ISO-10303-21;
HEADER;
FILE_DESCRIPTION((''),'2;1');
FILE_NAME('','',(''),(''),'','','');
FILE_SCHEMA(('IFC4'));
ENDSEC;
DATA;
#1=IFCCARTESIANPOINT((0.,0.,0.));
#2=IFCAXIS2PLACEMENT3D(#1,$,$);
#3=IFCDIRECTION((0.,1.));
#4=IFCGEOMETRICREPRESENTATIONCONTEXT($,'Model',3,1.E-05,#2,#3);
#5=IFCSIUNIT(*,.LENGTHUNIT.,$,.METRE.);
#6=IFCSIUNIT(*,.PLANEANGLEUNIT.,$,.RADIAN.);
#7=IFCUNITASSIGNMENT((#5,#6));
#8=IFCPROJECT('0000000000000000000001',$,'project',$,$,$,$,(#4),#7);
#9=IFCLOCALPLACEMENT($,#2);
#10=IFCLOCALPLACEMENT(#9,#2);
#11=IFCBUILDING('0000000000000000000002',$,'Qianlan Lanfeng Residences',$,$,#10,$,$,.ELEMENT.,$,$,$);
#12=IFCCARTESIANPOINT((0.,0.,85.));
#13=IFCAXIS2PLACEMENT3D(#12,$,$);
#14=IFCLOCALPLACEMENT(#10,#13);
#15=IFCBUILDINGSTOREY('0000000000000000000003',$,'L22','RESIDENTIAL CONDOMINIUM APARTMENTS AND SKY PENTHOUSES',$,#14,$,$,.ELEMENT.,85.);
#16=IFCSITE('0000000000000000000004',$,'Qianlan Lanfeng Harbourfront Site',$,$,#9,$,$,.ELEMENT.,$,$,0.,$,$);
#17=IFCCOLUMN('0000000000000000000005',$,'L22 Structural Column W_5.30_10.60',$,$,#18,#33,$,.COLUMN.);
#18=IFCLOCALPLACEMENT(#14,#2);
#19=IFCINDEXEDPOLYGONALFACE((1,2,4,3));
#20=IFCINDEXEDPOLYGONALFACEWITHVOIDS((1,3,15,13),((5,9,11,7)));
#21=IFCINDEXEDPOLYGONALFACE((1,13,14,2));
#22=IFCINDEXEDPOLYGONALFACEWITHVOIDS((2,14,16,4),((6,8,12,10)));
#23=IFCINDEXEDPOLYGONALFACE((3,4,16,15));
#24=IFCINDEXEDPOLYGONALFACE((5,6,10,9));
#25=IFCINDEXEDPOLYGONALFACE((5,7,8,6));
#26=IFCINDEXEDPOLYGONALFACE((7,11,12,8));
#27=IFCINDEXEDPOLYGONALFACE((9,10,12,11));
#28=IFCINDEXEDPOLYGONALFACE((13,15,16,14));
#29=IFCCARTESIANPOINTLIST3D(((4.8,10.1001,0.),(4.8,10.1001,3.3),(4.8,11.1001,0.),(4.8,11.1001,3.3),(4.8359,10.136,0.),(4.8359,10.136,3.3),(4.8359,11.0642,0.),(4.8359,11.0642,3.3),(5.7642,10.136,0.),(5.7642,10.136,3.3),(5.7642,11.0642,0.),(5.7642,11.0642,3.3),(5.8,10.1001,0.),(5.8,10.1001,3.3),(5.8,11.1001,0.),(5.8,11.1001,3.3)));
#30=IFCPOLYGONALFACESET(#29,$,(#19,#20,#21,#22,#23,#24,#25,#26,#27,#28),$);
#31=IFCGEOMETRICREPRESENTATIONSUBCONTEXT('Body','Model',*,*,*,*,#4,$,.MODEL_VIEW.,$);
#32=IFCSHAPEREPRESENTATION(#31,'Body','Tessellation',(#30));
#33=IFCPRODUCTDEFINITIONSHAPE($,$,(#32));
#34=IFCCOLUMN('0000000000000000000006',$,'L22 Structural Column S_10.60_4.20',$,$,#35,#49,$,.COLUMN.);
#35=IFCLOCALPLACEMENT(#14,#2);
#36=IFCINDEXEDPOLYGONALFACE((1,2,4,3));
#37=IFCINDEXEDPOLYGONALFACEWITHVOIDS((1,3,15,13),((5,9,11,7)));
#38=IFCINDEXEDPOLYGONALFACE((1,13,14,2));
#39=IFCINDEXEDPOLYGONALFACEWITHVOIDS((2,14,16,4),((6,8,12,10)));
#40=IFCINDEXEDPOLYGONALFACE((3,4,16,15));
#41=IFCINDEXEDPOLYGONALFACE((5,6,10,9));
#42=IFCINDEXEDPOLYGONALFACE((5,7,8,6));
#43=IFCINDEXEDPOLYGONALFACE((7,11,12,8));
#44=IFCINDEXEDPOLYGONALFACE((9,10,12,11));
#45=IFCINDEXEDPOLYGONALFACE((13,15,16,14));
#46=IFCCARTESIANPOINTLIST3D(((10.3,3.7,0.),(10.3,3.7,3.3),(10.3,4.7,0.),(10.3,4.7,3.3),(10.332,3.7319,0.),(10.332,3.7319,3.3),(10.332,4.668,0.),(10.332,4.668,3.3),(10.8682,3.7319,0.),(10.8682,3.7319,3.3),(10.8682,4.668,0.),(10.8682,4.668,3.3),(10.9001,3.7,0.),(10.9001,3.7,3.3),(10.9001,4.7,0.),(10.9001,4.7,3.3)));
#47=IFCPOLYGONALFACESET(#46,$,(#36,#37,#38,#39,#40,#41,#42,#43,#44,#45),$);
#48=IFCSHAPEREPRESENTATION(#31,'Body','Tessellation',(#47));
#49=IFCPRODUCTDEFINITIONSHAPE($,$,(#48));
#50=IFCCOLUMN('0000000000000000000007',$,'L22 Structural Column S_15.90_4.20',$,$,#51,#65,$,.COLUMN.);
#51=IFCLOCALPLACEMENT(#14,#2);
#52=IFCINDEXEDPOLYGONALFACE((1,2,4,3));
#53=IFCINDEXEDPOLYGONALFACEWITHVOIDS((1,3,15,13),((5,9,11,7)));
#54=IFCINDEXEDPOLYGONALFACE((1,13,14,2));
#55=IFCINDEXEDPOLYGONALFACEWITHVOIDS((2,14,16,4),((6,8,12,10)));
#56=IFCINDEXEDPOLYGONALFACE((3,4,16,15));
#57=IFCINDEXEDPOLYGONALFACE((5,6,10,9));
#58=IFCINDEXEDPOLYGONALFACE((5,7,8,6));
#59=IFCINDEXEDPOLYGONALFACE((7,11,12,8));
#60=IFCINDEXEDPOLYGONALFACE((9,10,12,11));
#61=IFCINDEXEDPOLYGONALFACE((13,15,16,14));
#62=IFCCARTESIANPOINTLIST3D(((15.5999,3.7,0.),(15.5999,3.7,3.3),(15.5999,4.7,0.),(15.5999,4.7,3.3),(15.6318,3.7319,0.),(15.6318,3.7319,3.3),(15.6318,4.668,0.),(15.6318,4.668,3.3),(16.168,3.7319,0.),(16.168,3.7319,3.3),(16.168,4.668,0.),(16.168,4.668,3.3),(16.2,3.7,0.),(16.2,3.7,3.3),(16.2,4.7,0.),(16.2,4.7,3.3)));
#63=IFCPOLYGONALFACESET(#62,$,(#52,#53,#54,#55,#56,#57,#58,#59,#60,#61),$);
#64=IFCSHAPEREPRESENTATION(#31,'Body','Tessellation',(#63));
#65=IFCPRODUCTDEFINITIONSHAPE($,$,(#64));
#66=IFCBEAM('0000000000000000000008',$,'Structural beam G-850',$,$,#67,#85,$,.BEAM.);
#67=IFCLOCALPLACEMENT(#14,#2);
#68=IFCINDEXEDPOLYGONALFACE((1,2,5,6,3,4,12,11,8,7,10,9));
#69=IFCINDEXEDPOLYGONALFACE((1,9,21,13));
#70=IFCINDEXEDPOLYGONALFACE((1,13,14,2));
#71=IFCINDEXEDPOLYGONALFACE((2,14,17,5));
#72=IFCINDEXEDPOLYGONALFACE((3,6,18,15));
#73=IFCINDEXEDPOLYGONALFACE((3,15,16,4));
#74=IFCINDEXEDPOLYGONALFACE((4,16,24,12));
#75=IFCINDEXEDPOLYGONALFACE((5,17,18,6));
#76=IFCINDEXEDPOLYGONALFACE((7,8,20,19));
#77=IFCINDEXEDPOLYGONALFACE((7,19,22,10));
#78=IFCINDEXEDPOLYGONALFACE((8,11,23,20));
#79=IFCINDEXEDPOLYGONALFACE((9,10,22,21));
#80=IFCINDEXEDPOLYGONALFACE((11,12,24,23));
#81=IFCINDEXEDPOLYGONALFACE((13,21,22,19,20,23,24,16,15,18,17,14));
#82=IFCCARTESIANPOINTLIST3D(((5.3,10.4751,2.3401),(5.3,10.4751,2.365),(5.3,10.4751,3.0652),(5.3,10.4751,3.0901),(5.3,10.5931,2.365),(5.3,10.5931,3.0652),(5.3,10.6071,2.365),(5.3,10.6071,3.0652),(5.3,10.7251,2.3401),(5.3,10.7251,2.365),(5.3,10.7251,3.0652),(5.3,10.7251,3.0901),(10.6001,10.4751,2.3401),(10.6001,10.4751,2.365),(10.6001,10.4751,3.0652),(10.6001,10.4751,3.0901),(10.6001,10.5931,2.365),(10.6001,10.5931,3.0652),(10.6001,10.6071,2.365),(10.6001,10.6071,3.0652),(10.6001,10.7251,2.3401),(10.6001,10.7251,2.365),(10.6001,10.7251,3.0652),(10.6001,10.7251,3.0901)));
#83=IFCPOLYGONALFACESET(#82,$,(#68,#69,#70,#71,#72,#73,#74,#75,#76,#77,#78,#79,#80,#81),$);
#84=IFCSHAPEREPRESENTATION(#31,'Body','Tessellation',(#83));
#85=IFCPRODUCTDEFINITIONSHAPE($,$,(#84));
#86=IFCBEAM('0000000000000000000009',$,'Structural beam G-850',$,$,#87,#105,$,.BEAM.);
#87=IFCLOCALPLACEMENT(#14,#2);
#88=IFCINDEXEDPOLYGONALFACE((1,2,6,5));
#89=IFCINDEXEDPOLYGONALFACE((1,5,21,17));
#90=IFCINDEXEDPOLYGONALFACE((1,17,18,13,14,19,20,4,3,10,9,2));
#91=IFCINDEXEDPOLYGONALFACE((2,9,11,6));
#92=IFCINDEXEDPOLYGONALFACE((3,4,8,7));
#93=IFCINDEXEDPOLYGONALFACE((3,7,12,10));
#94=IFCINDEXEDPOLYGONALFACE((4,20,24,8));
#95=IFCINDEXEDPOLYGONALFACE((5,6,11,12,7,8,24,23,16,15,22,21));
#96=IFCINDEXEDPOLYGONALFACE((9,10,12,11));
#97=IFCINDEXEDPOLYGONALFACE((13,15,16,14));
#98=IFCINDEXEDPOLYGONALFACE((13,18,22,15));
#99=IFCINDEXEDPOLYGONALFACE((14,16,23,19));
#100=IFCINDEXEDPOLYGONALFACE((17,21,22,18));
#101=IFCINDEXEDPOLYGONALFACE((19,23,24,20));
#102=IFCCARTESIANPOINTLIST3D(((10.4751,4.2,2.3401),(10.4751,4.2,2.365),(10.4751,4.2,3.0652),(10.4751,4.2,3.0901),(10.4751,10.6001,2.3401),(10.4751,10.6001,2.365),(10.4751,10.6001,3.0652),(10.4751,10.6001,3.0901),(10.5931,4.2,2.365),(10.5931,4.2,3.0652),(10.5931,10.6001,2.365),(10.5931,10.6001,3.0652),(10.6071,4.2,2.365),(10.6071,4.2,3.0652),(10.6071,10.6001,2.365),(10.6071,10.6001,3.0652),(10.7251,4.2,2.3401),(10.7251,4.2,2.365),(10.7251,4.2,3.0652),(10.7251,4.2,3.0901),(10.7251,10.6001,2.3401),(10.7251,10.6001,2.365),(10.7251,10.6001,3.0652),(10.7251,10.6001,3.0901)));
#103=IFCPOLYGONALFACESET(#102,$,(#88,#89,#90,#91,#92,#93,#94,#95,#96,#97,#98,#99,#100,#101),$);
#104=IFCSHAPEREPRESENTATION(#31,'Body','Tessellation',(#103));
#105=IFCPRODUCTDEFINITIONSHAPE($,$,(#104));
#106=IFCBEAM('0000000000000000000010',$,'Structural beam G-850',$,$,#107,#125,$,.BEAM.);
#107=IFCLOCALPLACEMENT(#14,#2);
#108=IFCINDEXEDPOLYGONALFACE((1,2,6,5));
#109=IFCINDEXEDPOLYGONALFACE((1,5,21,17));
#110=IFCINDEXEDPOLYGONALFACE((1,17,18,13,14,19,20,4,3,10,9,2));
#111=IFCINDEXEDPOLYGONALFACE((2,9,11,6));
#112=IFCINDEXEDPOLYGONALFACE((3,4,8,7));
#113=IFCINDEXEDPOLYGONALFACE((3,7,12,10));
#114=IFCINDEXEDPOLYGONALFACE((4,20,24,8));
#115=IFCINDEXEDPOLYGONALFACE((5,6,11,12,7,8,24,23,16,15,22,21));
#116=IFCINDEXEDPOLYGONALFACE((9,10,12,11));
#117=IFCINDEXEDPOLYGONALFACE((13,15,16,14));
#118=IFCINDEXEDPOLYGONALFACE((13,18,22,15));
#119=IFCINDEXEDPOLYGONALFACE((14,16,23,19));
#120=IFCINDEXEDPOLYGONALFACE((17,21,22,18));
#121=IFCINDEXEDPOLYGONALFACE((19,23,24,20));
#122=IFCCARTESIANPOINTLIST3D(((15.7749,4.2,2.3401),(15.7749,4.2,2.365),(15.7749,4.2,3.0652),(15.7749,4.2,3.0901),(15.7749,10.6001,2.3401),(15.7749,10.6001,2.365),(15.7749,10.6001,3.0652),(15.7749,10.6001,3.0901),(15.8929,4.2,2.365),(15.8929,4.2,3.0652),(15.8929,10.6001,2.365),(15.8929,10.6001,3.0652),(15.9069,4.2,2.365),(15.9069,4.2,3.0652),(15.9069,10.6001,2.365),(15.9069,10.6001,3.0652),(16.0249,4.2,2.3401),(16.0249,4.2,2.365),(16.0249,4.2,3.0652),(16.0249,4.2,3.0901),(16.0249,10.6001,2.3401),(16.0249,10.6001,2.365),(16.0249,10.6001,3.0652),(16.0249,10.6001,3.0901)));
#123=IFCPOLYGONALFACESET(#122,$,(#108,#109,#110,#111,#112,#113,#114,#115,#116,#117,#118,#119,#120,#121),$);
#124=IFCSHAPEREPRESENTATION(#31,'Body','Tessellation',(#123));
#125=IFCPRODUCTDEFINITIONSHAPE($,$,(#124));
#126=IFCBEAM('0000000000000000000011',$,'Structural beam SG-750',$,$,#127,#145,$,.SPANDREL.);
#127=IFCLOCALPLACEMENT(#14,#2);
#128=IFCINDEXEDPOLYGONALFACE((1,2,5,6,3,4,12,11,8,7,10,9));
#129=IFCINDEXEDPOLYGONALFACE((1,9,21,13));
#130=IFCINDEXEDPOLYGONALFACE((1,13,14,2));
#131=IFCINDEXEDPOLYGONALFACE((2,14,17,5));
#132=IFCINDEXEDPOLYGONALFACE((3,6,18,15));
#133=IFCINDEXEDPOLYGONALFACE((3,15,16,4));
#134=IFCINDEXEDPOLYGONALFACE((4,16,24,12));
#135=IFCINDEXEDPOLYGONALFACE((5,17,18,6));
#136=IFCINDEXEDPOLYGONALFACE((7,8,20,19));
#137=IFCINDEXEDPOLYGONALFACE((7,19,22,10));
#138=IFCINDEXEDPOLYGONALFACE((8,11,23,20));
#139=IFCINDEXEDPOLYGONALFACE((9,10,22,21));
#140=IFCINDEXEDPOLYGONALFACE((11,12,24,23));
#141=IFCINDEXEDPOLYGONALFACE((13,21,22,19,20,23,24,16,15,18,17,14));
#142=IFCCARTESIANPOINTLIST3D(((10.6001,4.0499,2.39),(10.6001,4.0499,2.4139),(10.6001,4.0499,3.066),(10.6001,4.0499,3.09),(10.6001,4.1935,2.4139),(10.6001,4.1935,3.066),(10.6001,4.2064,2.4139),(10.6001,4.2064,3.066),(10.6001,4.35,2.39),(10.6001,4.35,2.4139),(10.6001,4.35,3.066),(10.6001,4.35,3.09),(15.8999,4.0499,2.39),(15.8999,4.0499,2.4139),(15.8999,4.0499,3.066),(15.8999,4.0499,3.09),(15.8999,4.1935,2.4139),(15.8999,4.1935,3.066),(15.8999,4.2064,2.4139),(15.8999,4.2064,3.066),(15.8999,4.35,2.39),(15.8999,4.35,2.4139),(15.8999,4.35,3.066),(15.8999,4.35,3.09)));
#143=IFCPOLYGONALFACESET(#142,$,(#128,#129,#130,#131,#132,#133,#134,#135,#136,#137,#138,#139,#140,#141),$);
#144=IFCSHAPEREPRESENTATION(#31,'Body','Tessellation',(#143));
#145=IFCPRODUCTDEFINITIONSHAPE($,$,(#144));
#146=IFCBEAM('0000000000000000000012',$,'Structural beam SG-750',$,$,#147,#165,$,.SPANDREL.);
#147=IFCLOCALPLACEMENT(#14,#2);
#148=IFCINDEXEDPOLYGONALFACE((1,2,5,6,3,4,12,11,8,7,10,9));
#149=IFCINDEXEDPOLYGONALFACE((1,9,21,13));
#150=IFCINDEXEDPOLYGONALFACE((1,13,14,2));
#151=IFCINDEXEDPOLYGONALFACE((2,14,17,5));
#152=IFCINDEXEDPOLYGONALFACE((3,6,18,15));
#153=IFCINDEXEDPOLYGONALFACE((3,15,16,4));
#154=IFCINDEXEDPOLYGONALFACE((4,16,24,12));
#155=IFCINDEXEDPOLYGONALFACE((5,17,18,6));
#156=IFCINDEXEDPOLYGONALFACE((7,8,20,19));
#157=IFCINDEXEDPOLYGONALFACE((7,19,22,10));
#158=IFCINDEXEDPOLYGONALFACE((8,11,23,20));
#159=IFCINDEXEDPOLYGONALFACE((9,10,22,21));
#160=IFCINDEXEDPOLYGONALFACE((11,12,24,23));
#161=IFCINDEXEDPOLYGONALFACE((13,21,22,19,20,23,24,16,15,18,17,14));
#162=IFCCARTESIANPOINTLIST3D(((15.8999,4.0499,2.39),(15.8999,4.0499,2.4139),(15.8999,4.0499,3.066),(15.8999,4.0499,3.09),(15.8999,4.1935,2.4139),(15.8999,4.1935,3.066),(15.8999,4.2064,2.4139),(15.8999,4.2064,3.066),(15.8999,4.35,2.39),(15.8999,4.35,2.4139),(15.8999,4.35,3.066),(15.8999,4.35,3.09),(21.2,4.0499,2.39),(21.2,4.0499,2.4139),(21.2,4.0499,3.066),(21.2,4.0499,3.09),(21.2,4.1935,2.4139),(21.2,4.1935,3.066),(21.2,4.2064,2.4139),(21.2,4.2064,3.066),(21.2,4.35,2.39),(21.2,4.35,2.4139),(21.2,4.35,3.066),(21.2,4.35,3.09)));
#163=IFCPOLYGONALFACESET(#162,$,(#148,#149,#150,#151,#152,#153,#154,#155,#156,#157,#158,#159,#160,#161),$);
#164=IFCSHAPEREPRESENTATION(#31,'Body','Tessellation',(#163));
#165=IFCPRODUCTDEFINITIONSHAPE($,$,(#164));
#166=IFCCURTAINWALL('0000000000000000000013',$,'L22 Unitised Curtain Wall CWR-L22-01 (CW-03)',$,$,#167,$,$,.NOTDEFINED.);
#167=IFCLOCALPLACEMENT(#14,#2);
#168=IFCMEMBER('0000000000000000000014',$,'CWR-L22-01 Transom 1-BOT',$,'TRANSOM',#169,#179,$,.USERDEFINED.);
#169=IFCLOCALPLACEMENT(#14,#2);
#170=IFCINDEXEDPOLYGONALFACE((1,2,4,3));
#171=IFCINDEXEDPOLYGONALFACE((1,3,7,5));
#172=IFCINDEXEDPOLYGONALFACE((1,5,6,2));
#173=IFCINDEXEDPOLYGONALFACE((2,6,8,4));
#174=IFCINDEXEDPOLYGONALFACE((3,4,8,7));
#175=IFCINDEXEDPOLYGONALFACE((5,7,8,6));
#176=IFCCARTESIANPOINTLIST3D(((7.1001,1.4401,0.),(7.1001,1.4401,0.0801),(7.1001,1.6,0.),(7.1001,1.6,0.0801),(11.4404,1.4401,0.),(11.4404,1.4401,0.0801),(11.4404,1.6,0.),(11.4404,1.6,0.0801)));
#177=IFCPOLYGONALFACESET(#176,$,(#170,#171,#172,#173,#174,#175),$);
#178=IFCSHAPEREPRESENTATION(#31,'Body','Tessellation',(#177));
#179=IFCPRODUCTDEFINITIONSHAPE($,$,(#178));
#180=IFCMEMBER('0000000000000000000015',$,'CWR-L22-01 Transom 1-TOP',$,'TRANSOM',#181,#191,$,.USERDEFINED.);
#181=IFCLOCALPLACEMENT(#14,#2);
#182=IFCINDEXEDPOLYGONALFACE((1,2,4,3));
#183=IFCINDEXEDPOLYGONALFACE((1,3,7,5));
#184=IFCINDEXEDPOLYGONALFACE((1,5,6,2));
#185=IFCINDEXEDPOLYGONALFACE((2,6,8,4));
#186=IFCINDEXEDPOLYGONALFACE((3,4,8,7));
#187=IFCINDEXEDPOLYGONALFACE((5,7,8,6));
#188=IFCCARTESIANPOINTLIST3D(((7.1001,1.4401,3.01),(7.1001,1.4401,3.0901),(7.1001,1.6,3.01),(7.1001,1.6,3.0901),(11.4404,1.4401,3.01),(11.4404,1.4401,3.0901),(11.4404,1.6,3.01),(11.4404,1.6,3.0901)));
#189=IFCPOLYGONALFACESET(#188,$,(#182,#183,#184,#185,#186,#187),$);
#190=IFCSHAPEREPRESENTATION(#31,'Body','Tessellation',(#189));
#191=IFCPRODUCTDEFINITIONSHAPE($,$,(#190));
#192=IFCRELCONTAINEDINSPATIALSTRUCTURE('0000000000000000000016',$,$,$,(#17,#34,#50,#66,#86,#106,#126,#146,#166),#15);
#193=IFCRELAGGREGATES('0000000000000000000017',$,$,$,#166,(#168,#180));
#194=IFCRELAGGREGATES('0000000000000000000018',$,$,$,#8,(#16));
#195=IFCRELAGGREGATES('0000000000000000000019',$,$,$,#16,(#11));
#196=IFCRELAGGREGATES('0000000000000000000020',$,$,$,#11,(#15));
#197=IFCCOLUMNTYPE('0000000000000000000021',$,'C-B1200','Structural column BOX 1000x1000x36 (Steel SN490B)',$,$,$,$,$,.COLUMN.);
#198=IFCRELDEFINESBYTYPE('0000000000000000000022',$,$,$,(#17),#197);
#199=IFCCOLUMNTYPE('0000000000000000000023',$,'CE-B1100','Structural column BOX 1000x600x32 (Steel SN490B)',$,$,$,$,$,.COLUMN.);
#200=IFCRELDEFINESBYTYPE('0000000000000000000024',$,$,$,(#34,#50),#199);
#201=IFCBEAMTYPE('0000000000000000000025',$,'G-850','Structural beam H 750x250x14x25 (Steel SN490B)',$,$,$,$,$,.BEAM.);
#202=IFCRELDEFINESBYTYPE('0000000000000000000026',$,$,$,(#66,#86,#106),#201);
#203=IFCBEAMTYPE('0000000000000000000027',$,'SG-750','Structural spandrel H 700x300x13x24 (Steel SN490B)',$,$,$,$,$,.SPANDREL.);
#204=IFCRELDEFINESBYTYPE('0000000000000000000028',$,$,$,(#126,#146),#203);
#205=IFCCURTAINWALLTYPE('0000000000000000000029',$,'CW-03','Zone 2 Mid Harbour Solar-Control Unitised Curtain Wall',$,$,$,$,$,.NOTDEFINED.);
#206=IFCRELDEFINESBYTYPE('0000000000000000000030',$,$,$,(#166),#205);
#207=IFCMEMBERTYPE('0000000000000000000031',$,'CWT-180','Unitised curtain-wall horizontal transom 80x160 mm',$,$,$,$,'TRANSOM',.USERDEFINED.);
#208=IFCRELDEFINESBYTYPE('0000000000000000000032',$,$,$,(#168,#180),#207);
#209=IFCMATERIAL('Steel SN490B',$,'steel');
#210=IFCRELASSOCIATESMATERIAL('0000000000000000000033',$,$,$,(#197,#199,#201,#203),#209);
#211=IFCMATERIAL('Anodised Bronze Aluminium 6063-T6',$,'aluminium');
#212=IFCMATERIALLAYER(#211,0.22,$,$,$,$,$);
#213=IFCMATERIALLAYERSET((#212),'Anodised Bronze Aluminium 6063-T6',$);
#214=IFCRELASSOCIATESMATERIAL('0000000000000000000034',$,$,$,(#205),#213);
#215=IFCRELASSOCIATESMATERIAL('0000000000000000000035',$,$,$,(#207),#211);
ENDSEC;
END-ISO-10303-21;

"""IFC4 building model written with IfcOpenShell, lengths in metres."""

from ifc_helpers import new_model, si_unit, direction, frame, origin, origin_2d, place, context, subcontext, project, spatial, rectangle, hollow_rectangle, i_section, extrude, source, transform, mapped, material, layer, layer_set, material_profile, profile_set, type_object, element, aggregate, save


model = new_model("IFC4")

# Units and contexts
model_context = context("Model", 3, precision=1e-05, world=origin(), true_north=direction((0.0, 1.0)))
body_context = subcontext(model_context, "Body", "Model", "MODEL_VIEW")
ifc_project = project(units=[si_unit("LENGTHUNIT", "METRE"), si_unit("PLANEANGLEUNIT", "RADIAN")], contexts=[model_context])

# Site, building, storey
site_placement = place(None, origin())
site = spatial("IfcSite", under=ifc_project, at=site_placement, Name="Qianlan Lanfeng Harbourfront Site", CompositionType="ELEMENT", RefElevation=0.0)
building_placement = place(site_placement, origin())
building = spatial("IfcBuilding", under=site, at=building_placement, Name="Qianlan Lanfeng Residences", CompositionType="ELEMENT")
storey_placement = place(building_placement, frame((0.0, 0.0, 85.0)))
storey = spatial("IfcBuildingStorey", under=building, at=storey_placement, Name="L22", Description="RESIDENTIAL CONDOMINIUM APARTMENTS AND SKY PENTHOUSES", CompositionType="ELEMENT", Elevation=85.0)

# Columns
ifc_material_1 = material(Name="Steel SN490B", Category="steel")
ifc_material_profile_1 = material_profile(ifc_material_1, hollow_rectangle(XDim=1.0, YDim=1.0, WallThickness=0.0359, at=origin_2d()), Name="BOX 1000x1000x36")
ifc_profile_set_1 = profile_set([ifc_material_profile_1], Name="Steel SN490B")
column_type_1 = type_object("IfcColumnType", Name="C-B1200", Description="Structural column BOX 1000x1000x36 (Steel SN490B)", PredefinedType="COLUMN", material=ifc_profile_set_1)
column_placement = place(storey_placement, frame((5.3, 10.6001, 0.0), z_axis=(0.0, 0.0, 1.0), x_axis=(1.0, 0.0, 0.0)))
element("IfcColumn", 1, at=column_placement, inside=storey, type_object=column_type_1, Name="L22 Structural Column W_5.30_10.60", PredefinedType="COLUMN", context=body_context, shape_type="SweptSolid", body=[
    extrude(hollow_rectangle(XDim=1.0, YDim=1.0, WallThickness=0.0359, at=origin_2d()), origin(), (0.0, 0.0, 1.0), 3.3),
])
ifc_material_profile_2 = material_profile(ifc_material_1, hollow_rectangle(XDim=0.6001, YDim=1.0, WallThickness=0.032, at=origin_2d()), Name="BOX 1000x600x32")
ifc_profile_set_2 = profile_set([ifc_material_profile_2], Name="Steel SN490B")
column_type_2 = type_object("IfcColumnType", Name="CE-B1100", Description="Structural column BOX 1000x600x32 (Steel SN490B)", PredefinedType="COLUMN", material=ifc_profile_set_2)
for number, where, z_axis, x_axis, name in (
    (2, (10.6001, 4.2, 0.0), (0.0, 0.0, 1.0), (1.0, 0.0, 0.0), "L22 Structural Column S_10.60_4.20"),
    (3, (15.8999, 4.2, 0.0), (0.0, 0.0, 1.0), (1.0, 0.0, 0.0), "L22 Structural Column S_15.90_4.20"),
):
    element("IfcColumn", number, at=place(storey_placement, frame(where, z_axis=z_axis, x_axis=x_axis)), inside=storey, type_object=column_type_2, Name=name, PredefinedType="COLUMN", context=body_context, shape_type="SweptSolid", body=[
        extrude(hollow_rectangle(XDim=0.6001, YDim=1.0, WallThickness=0.032, at=origin_2d()), origin(), (0.0, 0.0, 1.0), 3.3),
    ])

# Beams
ifc_material_profile_3 = material_profile(ifc_material_1, i_section(OverallWidth=0.25, OverallDepth=0.75, WebThickness=0.0139, FlangeThickness=0.0249, at=origin_2d()), Name="H 750x250x14x25")
ifc_profile_set_3 = profile_set([ifc_material_profile_3], Name="Steel SN490B")
beam_type_1 = type_object("IfcBeamType", Name="G-850", Description="Structural beam H 750x250x14x25 (Steel SN490B)", PredefinedType="BEAM", material=ifc_profile_set_3)
beam_1_placement = place(storey_placement, frame((5.3, 10.6001, 2.7151), z_axis=(1.0, 0.0, 0.0), x_axis=(0.0, 1.0, 0.0)))
element("IfcBeam", 4, at=beam_1_placement, inside=storey, type_object=beam_type_1, Name="Structural beam G-850", PredefinedType="BEAM", context=body_context, shape_type="SweptSolid", body=[
    extrude(i_section(OverallWidth=0.25, OverallDepth=0.75, WebThickness=0.0139, FlangeThickness=0.0249, at=origin_2d()), origin(), (0.0, 0.0, 1.0), 5.3),
])
for number, where, z_axis, x_axis, name in (
    (5, (10.6001, 4.2, 2.7151), (0.0, 1.0, 0.0), (-1.0, 0.0, 0.0), "Structural beam G-850"),
    (6, (15.8999, 4.2, 2.7151), (0.0, 1.0, 0.0), (-1.0, 0.0, 0.0), "Structural beam G-850"),
):
    element("IfcBeam", number, at=place(storey_placement, frame(where, z_axis=z_axis, x_axis=x_axis)), inside=storey, type_object=beam_type_1, Name=name, PredefinedType="BEAM", context=body_context, shape_type="SweptSolid", body=[
        extrude(i_section(OverallWidth=0.25, OverallDepth=0.75, WebThickness=0.0139, FlangeThickness=0.0249, at=origin_2d()), origin(), (0.0, 0.0, 1.0), 6.4001),
    ])
ifc_material_profile_4 = material_profile(ifc_material_1, i_section(OverallWidth=0.3, OverallDepth=0.7, WebThickness=0.0129, FlangeThickness=0.0239, at=origin_2d()), Name="H 700x300x13x24")
ifc_profile_set_4 = profile_set([ifc_material_profile_4], Name="Steel SN490B")
beam_type_2 = type_object("IfcBeamType", Name="SG-750", Description="Structural spandrel H 700x300x13x24 (Steel SN490B)", PredefinedType="SPANDREL", material=ifc_profile_set_4)
beam_2_placement = place(storey_placement, frame((10.6001, 4.2, 2.74), z_axis=(1.0, 0.0, 0.0), x_axis=(0.0, 1.0, 0.0)))
element("IfcBeam", 7, at=beam_2_placement, inside=storey, type_object=beam_type_2, Name="Structural beam SG-750", PredefinedType="SPANDREL", context=body_context, shape_type="SweptSolid", body=[
    extrude(i_section(OverallWidth=0.3, OverallDepth=0.7, WebThickness=0.0129, FlangeThickness=0.0239, at=origin_2d()), origin(), (0.0, 0.0, 1.0), 5.2998),
])
beam_3_placement = place(storey_placement, frame((15.8999, 4.2, 2.74), z_axis=(1.0, 0.0, 0.0), x_axis=(0.0, 1.0, 0.0)))
element("IfcBeam", 8, at=beam_3_placement, inside=storey, type_object=beam_type_2, Name="Structural beam SG-750", PredefinedType="SPANDREL", context=body_context, shape_type="SweptSolid", body=[
    extrude(i_section(OverallWidth=0.3, OverallDepth=0.7, WebThickness=0.0129, FlangeThickness=0.0239, at=origin_2d()), origin(), (0.0, 0.0, 1.0), 5.3),
])

# Curtain wall, members
ifc_material_2 = material(Name="Anodised Bronze Aluminium 6063-T6", Category="aluminium")
ifc_layer_1 = layer(ifc_material_2, 0.22)
ifc_layer_set_1 = layer_set([ifc_layer_1], Name="Anodised Bronze Aluminium 6063-T6")
curtain_wall_type = type_object("IfcCurtainWallType", Name="CW-03", Description="Zone 2 Mid Harbour Solar-Control Unitised Curtain Wall", PredefinedType="NOTDEFINED", material=ifc_layer_set_1)
curtain_wall_placement = place(storey_placement, origin())
curtain_wall = element("IfcCurtainWall", 9, at=curtain_wall_placement, inside=storey, type_object=curtain_wall_type, Name="L22 Unitised Curtain Wall CWR-L22-01 (CW-03)", PredefinedType="NOTDEFINED")
ifc_material_profile_5 = material_profile(ifc_material_2, rectangle(XDim=0.0801, YDim=0.1599, at=origin_2d()), Name="ALU TRANSOM 80x160")
ifc_profile_set_5 = profile_set([ifc_material_profile_5], Name="Anodised Bronze Aluminium 6063-T6")
member_type_1 = type_object("IfcMemberType", Name="CWT-180", Description="Unitised curtain-wall horizontal transom 80x160 mm", ElementType="TRANSOM", PredefinedType="USERDEFINED", material=ifc_profile_set_5)
shared_shape_1 = source(origin(), body_context, "Body", "SweptSolid", [
    extrude(rectangle(XDim=0.0801, YDim=0.1599, at=origin_2d()), origin(), (0.0, 0.0, 1.0), 4.3403),
])
member_1_placement = place(storey_placement, frame((7.1001, 1.52, 0.04), z_axis=(1.0, 0.0, 0.0), x_axis=(0.0, 0.0, 1.0)))
member_1 = element("IfcMember", 10, at=member_1_placement, type_object=member_type_1, Name="CWR-L22-01 Transom 1-BOT", ObjectType="TRANSOM", PredefinedType="USERDEFINED", context=body_context, shape_type="MappedRepresentation", body=[
    mapped(shared_shape_1, transform((0.0, 0.0, 0.0), scale=1.0)),
])
member_2_placement = place(storey_placement, frame((7.1001, 1.52, 3.05), z_axis=(1.0, 0.0, 0.0), x_axis=(0.0, 0.0, 1.0)))
member_2 = element("IfcMember", 11, at=member_2_placement, type_object=member_type_1, Name="CWR-L22-01 Transom 1-TOP", ObjectType="TRANSOM", PredefinedType="USERDEFINED", context=body_context, shape_type="MappedRepresentation", body=[
    mapped(shared_shape_1, transform((0.0, 0.0, 0.0), scale=1.0)),
])
aggregate(curtain_wall, [member_1, member_2])

save(model, "model.ifc")
